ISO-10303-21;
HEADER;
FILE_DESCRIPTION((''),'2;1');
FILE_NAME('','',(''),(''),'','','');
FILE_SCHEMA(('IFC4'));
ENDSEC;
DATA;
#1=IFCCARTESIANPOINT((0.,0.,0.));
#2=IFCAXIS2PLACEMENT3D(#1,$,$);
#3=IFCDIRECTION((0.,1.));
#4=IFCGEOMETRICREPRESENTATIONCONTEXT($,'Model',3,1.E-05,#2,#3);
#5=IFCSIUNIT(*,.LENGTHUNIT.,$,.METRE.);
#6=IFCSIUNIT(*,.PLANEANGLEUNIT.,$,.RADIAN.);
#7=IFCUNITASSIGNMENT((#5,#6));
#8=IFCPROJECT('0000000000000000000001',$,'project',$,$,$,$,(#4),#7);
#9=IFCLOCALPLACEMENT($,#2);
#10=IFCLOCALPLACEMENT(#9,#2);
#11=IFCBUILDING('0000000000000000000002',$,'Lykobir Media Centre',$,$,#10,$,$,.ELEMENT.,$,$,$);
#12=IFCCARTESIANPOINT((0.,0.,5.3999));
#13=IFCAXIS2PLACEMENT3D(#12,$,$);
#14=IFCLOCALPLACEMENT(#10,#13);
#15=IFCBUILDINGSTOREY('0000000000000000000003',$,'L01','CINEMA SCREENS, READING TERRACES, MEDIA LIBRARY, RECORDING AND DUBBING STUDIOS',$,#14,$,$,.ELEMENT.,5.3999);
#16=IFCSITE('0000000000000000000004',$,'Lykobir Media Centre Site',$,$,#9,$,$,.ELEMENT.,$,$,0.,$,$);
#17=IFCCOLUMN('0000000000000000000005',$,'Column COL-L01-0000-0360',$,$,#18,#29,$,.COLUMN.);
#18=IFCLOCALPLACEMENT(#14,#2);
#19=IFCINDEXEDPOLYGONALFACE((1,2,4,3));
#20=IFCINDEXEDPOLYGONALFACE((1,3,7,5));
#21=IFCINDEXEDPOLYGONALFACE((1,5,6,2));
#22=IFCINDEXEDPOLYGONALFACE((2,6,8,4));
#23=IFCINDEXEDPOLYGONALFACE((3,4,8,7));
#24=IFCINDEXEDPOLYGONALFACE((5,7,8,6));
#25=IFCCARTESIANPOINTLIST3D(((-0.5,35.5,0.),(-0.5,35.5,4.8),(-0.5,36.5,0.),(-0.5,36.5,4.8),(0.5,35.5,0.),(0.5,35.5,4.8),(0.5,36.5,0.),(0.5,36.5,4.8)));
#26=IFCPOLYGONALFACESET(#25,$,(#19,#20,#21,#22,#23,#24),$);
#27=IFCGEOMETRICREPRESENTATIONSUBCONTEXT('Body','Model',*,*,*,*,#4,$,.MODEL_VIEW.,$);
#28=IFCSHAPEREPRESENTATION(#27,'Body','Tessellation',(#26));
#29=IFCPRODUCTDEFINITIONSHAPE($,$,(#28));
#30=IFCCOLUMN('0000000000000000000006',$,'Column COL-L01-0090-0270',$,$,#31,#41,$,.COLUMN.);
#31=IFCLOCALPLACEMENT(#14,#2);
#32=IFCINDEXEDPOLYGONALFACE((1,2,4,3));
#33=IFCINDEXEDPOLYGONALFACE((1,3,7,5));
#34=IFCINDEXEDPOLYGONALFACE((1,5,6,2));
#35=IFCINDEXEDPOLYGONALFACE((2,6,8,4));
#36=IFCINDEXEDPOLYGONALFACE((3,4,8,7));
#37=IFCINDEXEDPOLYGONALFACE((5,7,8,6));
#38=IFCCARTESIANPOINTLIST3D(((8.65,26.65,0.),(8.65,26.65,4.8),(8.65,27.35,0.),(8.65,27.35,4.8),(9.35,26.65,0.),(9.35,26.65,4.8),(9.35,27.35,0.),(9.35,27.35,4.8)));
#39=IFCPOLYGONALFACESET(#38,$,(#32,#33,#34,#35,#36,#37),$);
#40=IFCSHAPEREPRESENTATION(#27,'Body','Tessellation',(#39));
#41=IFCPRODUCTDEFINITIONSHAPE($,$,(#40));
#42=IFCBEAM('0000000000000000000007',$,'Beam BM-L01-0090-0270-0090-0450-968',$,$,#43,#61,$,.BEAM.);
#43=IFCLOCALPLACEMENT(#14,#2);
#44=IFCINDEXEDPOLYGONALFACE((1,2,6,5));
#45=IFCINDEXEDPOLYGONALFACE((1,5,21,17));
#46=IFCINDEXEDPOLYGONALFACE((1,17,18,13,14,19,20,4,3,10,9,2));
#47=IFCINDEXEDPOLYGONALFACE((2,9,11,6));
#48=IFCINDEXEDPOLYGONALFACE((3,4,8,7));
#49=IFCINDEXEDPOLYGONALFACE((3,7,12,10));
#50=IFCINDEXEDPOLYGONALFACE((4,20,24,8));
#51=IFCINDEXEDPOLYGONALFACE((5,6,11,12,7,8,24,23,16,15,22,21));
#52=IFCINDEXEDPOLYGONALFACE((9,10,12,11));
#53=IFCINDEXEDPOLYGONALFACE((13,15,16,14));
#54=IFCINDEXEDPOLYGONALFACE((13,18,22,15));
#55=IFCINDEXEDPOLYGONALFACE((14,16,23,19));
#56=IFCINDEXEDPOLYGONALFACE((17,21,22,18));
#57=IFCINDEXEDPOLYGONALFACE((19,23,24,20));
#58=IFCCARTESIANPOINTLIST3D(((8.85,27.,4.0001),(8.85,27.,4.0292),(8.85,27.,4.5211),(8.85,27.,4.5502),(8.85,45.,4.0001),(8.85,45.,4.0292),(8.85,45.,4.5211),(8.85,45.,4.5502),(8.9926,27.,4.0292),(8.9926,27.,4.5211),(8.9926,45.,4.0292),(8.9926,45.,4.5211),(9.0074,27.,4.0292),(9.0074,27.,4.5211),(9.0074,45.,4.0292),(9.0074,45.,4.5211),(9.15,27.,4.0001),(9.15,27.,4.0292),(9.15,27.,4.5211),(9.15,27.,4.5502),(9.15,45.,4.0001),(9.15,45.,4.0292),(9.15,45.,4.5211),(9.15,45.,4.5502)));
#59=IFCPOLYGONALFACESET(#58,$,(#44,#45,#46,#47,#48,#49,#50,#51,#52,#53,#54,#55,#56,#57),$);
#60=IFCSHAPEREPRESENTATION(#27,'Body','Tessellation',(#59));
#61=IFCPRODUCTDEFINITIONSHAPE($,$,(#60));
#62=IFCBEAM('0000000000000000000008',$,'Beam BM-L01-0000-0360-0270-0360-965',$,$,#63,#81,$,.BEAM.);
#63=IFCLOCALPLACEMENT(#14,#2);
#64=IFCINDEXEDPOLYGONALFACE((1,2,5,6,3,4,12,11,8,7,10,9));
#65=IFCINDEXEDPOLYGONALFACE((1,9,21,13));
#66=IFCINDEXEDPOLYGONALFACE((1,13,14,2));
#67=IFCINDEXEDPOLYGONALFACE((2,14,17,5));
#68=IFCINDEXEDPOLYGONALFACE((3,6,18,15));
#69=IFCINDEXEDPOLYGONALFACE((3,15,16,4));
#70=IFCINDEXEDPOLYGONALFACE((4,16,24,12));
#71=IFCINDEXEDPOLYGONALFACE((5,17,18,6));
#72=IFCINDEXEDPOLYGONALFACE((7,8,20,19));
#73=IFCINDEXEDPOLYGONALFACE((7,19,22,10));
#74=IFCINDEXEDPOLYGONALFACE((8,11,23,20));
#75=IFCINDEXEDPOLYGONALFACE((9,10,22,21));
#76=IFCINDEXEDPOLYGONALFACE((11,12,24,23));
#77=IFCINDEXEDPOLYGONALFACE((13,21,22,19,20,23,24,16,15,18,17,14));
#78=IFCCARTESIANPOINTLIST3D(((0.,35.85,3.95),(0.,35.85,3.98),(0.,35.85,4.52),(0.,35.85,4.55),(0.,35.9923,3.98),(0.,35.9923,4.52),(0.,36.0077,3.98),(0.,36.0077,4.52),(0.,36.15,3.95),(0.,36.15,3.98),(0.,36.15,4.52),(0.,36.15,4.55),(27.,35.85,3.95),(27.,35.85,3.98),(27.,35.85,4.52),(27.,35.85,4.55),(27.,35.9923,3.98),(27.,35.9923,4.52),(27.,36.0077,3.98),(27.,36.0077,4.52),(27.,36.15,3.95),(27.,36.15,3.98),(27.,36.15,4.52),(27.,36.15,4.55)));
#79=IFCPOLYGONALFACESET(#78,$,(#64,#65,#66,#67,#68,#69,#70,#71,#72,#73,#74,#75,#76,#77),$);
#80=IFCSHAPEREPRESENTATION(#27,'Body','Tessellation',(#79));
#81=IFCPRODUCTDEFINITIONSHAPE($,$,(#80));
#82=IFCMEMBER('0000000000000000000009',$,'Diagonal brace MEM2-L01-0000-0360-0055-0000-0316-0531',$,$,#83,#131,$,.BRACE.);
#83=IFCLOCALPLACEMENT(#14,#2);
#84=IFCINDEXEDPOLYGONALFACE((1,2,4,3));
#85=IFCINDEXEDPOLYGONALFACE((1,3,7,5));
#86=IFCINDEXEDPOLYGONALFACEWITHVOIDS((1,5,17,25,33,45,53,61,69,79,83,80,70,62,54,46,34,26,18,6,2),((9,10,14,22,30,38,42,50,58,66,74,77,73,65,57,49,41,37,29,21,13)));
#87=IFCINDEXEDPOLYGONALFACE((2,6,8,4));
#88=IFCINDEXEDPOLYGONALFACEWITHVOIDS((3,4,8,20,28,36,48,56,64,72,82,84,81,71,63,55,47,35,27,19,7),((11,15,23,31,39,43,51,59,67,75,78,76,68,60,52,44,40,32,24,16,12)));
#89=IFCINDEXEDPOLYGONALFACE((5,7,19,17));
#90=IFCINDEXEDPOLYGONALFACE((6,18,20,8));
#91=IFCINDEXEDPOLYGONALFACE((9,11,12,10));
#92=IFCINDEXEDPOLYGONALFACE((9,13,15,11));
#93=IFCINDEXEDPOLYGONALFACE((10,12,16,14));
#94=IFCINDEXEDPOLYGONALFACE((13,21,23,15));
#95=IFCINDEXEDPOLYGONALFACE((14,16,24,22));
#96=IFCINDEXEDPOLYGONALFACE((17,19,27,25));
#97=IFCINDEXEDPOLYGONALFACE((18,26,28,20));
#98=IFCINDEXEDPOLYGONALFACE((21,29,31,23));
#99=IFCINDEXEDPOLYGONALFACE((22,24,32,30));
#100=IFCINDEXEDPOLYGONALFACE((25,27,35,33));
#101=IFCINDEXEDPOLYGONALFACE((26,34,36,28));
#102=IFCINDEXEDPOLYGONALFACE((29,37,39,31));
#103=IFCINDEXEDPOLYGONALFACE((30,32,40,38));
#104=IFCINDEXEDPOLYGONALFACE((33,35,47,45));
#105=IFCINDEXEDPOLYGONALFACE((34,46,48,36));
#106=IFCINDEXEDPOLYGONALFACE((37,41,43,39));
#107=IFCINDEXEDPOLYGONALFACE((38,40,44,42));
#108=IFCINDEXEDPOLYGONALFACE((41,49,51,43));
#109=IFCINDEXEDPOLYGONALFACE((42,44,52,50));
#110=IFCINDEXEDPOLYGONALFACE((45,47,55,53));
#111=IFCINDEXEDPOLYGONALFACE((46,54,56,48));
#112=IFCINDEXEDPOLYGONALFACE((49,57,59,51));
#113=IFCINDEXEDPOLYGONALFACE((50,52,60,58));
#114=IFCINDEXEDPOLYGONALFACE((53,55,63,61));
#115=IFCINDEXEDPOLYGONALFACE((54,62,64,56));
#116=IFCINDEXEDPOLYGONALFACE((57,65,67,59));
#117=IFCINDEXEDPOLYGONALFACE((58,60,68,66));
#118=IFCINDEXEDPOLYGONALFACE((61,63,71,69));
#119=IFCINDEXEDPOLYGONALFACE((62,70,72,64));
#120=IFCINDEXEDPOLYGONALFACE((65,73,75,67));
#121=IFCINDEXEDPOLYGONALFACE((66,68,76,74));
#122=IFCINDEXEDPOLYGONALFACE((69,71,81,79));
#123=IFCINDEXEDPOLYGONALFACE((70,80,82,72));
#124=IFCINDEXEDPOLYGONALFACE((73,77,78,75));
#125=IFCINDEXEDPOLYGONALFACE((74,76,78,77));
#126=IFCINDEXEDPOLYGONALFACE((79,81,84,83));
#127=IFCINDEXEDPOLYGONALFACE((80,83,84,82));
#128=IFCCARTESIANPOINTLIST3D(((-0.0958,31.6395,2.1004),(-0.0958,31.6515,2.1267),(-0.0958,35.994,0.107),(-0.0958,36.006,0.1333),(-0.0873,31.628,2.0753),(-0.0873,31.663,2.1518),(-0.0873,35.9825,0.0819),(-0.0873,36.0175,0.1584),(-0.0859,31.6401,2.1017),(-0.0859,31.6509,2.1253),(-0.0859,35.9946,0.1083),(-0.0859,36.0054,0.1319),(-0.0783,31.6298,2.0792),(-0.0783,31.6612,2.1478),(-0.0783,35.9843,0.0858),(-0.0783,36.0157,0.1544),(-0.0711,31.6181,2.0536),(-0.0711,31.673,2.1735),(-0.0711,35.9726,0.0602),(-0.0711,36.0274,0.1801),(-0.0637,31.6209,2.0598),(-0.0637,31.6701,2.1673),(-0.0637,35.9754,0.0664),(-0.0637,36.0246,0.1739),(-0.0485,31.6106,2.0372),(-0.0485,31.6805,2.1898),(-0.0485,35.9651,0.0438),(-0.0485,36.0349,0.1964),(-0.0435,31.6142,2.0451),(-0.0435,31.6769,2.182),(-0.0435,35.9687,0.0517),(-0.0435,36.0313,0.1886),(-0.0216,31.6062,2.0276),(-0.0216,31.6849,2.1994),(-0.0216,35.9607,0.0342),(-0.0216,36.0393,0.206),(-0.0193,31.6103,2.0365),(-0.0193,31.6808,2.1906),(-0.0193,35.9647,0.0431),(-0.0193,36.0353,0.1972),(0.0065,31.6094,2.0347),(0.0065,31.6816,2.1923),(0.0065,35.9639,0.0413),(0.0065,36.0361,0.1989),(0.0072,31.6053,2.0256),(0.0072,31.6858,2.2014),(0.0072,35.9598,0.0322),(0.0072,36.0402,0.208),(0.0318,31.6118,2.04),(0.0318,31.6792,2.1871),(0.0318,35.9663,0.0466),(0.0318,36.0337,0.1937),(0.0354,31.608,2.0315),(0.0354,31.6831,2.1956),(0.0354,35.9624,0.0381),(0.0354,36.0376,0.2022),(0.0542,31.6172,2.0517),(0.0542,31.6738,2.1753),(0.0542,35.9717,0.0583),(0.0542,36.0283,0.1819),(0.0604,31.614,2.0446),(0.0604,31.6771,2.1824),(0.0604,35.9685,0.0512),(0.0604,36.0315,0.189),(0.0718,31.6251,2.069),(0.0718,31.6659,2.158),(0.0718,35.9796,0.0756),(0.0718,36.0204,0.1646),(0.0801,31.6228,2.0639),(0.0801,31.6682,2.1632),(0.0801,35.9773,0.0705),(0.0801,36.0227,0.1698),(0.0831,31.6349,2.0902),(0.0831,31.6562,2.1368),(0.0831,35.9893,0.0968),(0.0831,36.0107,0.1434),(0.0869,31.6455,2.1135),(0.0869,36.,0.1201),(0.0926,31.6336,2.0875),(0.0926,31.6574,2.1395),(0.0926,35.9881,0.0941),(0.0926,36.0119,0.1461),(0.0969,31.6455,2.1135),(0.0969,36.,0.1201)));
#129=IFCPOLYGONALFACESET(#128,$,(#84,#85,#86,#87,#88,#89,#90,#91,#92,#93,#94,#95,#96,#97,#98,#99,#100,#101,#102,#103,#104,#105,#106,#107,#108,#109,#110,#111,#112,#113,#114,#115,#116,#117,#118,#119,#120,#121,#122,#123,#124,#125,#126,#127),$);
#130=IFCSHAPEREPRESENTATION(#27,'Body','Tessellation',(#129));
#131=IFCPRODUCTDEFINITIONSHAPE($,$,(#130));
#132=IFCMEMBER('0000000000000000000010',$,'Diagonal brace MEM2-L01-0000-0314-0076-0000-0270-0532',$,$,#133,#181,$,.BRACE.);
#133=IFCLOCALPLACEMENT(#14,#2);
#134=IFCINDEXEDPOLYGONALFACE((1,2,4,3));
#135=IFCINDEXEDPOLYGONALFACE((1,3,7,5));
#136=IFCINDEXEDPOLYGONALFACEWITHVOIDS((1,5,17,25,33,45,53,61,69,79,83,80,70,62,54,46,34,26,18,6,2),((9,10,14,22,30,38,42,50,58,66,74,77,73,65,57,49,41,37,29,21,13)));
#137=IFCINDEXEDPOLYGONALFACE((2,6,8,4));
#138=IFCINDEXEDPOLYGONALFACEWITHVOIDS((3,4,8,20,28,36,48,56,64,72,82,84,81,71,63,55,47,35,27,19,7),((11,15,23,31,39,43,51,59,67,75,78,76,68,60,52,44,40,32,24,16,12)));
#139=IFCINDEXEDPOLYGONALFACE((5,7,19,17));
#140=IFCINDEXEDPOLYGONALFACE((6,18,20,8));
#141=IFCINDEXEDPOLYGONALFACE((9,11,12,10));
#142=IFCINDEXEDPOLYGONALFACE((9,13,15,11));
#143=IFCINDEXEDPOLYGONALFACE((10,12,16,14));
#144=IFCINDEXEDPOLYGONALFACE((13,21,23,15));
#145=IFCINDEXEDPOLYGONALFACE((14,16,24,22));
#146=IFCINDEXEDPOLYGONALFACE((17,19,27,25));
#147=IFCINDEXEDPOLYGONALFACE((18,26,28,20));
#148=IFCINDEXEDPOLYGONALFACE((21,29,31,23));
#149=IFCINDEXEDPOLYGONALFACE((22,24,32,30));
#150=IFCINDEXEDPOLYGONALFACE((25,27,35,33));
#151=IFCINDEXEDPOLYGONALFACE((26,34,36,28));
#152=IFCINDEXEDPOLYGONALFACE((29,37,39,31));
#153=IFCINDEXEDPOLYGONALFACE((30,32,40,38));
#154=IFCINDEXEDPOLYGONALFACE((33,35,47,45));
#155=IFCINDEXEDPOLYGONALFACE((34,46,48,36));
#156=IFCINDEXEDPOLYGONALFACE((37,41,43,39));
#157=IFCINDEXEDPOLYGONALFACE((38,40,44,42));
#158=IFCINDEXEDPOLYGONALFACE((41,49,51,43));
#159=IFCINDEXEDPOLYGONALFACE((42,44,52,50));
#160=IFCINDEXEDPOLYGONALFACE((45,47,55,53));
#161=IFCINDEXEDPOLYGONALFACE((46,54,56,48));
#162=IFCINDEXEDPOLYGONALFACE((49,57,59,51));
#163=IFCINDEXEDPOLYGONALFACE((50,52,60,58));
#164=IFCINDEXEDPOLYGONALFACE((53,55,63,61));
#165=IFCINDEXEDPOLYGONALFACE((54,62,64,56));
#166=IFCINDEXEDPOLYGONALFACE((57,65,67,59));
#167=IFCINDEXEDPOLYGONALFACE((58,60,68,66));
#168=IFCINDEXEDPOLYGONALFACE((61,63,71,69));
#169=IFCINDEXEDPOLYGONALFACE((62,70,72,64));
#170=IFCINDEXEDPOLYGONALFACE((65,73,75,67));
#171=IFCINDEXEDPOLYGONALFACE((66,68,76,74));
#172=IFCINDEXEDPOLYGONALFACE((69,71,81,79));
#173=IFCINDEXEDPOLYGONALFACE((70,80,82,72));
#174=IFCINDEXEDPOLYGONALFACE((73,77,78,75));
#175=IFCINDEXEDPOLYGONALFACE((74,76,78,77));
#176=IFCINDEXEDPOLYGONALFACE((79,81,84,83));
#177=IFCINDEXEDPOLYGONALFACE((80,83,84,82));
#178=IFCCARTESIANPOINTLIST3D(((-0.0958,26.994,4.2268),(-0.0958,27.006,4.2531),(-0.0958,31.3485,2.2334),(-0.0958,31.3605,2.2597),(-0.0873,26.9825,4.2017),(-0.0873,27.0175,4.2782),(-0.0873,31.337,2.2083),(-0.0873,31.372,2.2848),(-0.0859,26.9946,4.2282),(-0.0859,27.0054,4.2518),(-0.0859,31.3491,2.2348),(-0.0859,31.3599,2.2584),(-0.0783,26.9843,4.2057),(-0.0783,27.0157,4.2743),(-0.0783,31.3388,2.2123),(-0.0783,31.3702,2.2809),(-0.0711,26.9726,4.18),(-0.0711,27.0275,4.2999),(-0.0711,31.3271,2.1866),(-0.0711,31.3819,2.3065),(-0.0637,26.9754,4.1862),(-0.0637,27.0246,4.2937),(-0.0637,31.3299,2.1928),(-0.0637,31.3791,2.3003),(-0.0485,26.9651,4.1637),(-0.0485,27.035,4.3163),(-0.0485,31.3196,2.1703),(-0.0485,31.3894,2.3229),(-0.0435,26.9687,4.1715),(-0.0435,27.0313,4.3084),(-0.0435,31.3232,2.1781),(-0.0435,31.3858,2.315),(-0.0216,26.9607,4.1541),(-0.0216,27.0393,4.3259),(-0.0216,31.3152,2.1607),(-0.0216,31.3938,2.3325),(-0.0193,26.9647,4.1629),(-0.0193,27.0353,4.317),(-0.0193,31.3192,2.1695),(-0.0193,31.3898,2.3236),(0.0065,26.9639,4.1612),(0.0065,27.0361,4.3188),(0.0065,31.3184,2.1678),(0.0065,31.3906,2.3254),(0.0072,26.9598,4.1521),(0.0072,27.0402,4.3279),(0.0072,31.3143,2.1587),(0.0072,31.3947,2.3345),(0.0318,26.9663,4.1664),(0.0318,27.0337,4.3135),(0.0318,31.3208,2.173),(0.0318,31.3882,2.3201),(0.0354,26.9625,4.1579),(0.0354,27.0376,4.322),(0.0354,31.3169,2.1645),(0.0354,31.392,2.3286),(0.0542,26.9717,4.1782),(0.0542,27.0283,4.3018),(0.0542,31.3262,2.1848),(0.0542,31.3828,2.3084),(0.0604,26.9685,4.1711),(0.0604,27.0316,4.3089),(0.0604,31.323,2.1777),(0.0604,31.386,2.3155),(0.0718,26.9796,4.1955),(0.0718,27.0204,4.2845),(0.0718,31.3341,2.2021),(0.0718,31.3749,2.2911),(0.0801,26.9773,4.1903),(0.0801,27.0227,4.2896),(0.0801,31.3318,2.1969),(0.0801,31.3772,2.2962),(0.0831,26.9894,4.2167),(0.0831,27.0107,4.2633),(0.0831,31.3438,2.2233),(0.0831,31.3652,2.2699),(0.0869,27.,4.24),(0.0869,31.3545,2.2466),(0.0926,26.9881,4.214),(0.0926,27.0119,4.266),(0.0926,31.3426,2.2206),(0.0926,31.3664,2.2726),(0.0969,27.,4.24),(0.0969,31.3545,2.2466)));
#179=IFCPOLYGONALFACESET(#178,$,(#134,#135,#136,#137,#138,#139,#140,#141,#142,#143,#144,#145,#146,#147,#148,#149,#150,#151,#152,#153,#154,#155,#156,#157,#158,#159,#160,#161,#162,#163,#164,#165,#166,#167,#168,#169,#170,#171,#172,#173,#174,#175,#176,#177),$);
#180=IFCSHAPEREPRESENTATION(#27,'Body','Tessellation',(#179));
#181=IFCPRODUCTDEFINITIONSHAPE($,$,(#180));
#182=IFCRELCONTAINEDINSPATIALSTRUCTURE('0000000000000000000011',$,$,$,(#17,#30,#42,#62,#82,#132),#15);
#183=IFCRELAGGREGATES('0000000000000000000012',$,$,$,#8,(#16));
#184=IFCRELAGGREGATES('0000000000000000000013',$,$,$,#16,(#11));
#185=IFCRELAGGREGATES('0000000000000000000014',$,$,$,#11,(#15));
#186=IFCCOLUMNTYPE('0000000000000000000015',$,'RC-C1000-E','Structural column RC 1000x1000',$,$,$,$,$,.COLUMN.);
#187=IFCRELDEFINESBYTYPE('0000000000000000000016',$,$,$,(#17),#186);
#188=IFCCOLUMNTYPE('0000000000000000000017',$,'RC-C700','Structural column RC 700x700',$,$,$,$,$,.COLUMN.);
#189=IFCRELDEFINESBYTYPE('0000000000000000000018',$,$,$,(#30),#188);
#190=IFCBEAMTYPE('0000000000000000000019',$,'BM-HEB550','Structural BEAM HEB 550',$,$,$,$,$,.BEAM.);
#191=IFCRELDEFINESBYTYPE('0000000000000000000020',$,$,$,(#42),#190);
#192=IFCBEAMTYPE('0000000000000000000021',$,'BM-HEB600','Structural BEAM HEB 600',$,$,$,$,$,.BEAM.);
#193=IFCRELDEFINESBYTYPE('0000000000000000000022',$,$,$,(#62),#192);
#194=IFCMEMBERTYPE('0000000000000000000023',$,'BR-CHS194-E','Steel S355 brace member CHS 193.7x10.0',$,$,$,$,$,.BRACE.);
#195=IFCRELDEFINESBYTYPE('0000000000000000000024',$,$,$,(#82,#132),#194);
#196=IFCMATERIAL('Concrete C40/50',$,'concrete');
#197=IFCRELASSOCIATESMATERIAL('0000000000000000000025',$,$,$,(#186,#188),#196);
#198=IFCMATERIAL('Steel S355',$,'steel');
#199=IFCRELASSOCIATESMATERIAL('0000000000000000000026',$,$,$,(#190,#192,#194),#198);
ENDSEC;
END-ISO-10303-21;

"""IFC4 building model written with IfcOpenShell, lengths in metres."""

from ifc_helpers import new_model, si_unit, direction, frame, origin, origin_2d, place, context, subcontext, project, spatial, rectangle, hollow_circle, i_section, extrude, material, material_profile, profile_set, type_object, element, save


model = new_model("IFC4")

# Units and contexts
model_context = context("Model", 3, precision=1e-05, world=origin(), true_north=direction((0.0, 1.0)))
body_context = subcontext(model_context, "Body", "Model", "MODEL_VIEW")
ifc_project = project(units=[si_unit("LENGTHUNIT", "METRE"), si_unit("PLANEANGLEUNIT", "RADIAN")], contexts=[model_context])

# Site, building, storey
site_placement = place(None, origin())
site = spatial("IfcSite", under=ifc_project, at=site_placement, Name="Lykobir Media Centre Site", CompositionType="ELEMENT", RefElevation=0.0)
building_placement = place(site_placement, origin())
building = spatial("IfcBuilding", under=site, at=building_placement, Name="Lykobir Media Centre", CompositionType="ELEMENT")
storey_placement = place(building_placement, frame((0.0, 0.0, 5.3999)))
storey = spatial("IfcBuildingStorey", under=building, at=storey_placement, Name="L01", Description="CINEMA SCREENS, READING TERRACES, MEDIA LIBRARY, RECORDING AND DUBBING STUDIOS", CompositionType="ELEMENT", Elevation=5.3999)

# Columns
ifc_material_1 = material(Name="Concrete C40/50", Category="concrete")
ifc_material_profile_1 = material_profile(ifc_material_1, rectangle(XDim=1.0, YDim=1.0, at=origin_2d()), Name="RC 1000x1000")
ifc_profile_set_1 = profile_set([ifc_material_profile_1], Name="Concrete C40/50")
column_type_1 = type_object("IfcColumnType", Name="RC-C1000-E", Description="Structural column RC 1000x1000", PredefinedType="COLUMN", material=ifc_profile_set_1)
column_1_placement = place(storey_placement, frame((0.0, 36.0, 0.0), z_axis=(0.0, 0.0, 1.0), x_axis=(1.0, 0.0, 0.0)))
element("IfcColumn", 1, at=column_1_placement, inside=storey, type_object=column_type_1, Name="Column COL-L01-0000-0360", PredefinedType="COLUMN", context=body_context, shape_type="SweptSolid", body=[
    extrude(rectangle(XDim=1.0, YDim=1.0, at=origin_2d()), origin(), (0.0, 0.0, 1.0), 4.8),
])
ifc_material_profile_2 = material_profile(ifc_material_1, rectangle(XDim=0.7, YDim=0.7, at=origin_2d()), Name="RC 700x700")
ifc_profile_set_2 = profile_set([ifc_material_profile_2], Name="Concrete C40/50")
column_type_2 = type_object("IfcColumnType", Name="RC-C700", Description="Structural column RC 700x700", PredefinedType="COLUMN", material=ifc_profile_set_2)
column_2_placement = place(storey_placement, frame((9.0, 27.0, 0.0), z_axis=(0.0, 0.0, 1.0), x_axis=(1.0, 0.0, 0.0)))
element("IfcColumn", 2, at=column_2_placement, inside=storey, type_object=column_type_2, Name="Column COL-L01-0090-0270", PredefinedType="COLUMN", context=body_context, shape_type="SweptSolid", body=[
    extrude(rectangle(XDim=0.7, YDim=0.7, at=origin_2d()), origin(), (0.0, 0.0, 1.0), 4.8),
])

# Beams
ifc_material_2 = material(Name="Steel S355", Category="steel")
ifc_material_profile_3 = material_profile(ifc_material_2, i_section(OverallWidth=0.3, OverallDepth=0.55, WebThickness=0.0149, FlangeThickness=0.0291, at=origin_2d()), Name="HEB 550")
ifc_profile_set_3 = profile_set([ifc_material_profile_3], Name="Steel S355")
beam_type_1 = type_object("IfcBeamType", Name="BM-HEB550", Description="Structural BEAM HEB 550", PredefinedType="BEAM", material=ifc_profile_set_3)
beam_1_placement = place(storey_placement, frame((9.0, 27.0, 4.2751), z_axis=(0.0, 1.0, 0.0), x_axis=(-1.0, 0.0, 0.0)))
element("IfcBeam", 3, at=beam_1_placement, inside=storey, type_object=beam_type_1, Name="Beam BM-L01-0090-0270-0090-0450-968", PredefinedType="BEAM", context=body_context, shape_type="SweptSolid", body=[
    extrude(i_section(OverallWidth=0.3, OverallDepth=0.55, WebThickness=0.0149, FlangeThickness=0.0291, at=origin_2d()), origin(), (0.0, 0.0, 1.0), 18.0),
])
ifc_material_profile_4 = material_profile(ifc_material_2, i_section(OverallWidth=0.3, OverallDepth=0.6001, WebThickness=0.0154, FlangeThickness=0.03, at=origin_2d()), Name="HEB 600")
ifc_profile_set_4 = profile_set([ifc_material_profile_4], Name="Steel S355")
beam_type_2 = type_object("IfcBeamType", Name="BM-HEB600", Description="Structural BEAM HEB 600", PredefinedType="BEAM", material=ifc_profile_set_4)
beam_2_placement = place(storey_placement, frame((0.0, 36.0, 4.25), z_axis=(1.0, 0.0, 0.0), x_axis=(0.0, 1.0, 0.0)))
element("IfcBeam", 4, at=beam_2_placement, inside=storey, type_object=beam_type_2, Name="Beam BM-L01-0000-0360-0270-0360-965", PredefinedType="BEAM", context=body_context, shape_type="SweptSolid", body=[
    extrude(i_section(OverallWidth=0.3, OverallDepth=0.6001, WebThickness=0.0154, FlangeThickness=0.03, at=origin_2d()), origin(), (0.0, 0.0, 1.0), 27.0),
])

# Members
ifc_material_profile_5 = material_profile(ifc_material_2, hollow_circle(Radius=0.0969, WallThickness=0.01, at=origin_2d()), Name="CHS 193.7x10.0")
ifc_profile_set_5 = profile_set([ifc_material_profile_5], Name="Steel S355")
member_type_1 = type_object("IfcMemberType", Name="BR-CHS194-E", Description="Steel S355 brace member CHS 193.7x10.0", PredefinedType="BRACE", material=ifc_profile_set_5)
for number, where, z_axis, x_axis, name in (
    (5, (0.0, 36.0, 0.1201), (0.0, -0.909255, 0.41624), (1.0, 0.0, 0.0), "Diagonal brace MEM2-L01-0000-0360-0055-0000-0316-0531"),
    (6, (0.0, 31.3545, 2.2466), (0.0, -0.909255, 0.41624), (1.0, 0.0, 0.0), "Diagonal brace MEM2-L01-0000-0314-0076-0000-0270-0532"),
):
    element("IfcMember", number, at=place(storey_placement, frame(where, z_axis=z_axis, x_axis=x_axis)), inside=storey, type_object=member_type_1, Name=name, PredefinedType="BRACE", context=body_context, shape_type="SweptSolid", body=[
        extrude(hollow_circle(Radius=0.0969, WallThickness=0.01, at=origin_2d()), origin(), (0.0, 0.0, 1.0), 4.7891),
    ])

save(model, "model.ifc")
